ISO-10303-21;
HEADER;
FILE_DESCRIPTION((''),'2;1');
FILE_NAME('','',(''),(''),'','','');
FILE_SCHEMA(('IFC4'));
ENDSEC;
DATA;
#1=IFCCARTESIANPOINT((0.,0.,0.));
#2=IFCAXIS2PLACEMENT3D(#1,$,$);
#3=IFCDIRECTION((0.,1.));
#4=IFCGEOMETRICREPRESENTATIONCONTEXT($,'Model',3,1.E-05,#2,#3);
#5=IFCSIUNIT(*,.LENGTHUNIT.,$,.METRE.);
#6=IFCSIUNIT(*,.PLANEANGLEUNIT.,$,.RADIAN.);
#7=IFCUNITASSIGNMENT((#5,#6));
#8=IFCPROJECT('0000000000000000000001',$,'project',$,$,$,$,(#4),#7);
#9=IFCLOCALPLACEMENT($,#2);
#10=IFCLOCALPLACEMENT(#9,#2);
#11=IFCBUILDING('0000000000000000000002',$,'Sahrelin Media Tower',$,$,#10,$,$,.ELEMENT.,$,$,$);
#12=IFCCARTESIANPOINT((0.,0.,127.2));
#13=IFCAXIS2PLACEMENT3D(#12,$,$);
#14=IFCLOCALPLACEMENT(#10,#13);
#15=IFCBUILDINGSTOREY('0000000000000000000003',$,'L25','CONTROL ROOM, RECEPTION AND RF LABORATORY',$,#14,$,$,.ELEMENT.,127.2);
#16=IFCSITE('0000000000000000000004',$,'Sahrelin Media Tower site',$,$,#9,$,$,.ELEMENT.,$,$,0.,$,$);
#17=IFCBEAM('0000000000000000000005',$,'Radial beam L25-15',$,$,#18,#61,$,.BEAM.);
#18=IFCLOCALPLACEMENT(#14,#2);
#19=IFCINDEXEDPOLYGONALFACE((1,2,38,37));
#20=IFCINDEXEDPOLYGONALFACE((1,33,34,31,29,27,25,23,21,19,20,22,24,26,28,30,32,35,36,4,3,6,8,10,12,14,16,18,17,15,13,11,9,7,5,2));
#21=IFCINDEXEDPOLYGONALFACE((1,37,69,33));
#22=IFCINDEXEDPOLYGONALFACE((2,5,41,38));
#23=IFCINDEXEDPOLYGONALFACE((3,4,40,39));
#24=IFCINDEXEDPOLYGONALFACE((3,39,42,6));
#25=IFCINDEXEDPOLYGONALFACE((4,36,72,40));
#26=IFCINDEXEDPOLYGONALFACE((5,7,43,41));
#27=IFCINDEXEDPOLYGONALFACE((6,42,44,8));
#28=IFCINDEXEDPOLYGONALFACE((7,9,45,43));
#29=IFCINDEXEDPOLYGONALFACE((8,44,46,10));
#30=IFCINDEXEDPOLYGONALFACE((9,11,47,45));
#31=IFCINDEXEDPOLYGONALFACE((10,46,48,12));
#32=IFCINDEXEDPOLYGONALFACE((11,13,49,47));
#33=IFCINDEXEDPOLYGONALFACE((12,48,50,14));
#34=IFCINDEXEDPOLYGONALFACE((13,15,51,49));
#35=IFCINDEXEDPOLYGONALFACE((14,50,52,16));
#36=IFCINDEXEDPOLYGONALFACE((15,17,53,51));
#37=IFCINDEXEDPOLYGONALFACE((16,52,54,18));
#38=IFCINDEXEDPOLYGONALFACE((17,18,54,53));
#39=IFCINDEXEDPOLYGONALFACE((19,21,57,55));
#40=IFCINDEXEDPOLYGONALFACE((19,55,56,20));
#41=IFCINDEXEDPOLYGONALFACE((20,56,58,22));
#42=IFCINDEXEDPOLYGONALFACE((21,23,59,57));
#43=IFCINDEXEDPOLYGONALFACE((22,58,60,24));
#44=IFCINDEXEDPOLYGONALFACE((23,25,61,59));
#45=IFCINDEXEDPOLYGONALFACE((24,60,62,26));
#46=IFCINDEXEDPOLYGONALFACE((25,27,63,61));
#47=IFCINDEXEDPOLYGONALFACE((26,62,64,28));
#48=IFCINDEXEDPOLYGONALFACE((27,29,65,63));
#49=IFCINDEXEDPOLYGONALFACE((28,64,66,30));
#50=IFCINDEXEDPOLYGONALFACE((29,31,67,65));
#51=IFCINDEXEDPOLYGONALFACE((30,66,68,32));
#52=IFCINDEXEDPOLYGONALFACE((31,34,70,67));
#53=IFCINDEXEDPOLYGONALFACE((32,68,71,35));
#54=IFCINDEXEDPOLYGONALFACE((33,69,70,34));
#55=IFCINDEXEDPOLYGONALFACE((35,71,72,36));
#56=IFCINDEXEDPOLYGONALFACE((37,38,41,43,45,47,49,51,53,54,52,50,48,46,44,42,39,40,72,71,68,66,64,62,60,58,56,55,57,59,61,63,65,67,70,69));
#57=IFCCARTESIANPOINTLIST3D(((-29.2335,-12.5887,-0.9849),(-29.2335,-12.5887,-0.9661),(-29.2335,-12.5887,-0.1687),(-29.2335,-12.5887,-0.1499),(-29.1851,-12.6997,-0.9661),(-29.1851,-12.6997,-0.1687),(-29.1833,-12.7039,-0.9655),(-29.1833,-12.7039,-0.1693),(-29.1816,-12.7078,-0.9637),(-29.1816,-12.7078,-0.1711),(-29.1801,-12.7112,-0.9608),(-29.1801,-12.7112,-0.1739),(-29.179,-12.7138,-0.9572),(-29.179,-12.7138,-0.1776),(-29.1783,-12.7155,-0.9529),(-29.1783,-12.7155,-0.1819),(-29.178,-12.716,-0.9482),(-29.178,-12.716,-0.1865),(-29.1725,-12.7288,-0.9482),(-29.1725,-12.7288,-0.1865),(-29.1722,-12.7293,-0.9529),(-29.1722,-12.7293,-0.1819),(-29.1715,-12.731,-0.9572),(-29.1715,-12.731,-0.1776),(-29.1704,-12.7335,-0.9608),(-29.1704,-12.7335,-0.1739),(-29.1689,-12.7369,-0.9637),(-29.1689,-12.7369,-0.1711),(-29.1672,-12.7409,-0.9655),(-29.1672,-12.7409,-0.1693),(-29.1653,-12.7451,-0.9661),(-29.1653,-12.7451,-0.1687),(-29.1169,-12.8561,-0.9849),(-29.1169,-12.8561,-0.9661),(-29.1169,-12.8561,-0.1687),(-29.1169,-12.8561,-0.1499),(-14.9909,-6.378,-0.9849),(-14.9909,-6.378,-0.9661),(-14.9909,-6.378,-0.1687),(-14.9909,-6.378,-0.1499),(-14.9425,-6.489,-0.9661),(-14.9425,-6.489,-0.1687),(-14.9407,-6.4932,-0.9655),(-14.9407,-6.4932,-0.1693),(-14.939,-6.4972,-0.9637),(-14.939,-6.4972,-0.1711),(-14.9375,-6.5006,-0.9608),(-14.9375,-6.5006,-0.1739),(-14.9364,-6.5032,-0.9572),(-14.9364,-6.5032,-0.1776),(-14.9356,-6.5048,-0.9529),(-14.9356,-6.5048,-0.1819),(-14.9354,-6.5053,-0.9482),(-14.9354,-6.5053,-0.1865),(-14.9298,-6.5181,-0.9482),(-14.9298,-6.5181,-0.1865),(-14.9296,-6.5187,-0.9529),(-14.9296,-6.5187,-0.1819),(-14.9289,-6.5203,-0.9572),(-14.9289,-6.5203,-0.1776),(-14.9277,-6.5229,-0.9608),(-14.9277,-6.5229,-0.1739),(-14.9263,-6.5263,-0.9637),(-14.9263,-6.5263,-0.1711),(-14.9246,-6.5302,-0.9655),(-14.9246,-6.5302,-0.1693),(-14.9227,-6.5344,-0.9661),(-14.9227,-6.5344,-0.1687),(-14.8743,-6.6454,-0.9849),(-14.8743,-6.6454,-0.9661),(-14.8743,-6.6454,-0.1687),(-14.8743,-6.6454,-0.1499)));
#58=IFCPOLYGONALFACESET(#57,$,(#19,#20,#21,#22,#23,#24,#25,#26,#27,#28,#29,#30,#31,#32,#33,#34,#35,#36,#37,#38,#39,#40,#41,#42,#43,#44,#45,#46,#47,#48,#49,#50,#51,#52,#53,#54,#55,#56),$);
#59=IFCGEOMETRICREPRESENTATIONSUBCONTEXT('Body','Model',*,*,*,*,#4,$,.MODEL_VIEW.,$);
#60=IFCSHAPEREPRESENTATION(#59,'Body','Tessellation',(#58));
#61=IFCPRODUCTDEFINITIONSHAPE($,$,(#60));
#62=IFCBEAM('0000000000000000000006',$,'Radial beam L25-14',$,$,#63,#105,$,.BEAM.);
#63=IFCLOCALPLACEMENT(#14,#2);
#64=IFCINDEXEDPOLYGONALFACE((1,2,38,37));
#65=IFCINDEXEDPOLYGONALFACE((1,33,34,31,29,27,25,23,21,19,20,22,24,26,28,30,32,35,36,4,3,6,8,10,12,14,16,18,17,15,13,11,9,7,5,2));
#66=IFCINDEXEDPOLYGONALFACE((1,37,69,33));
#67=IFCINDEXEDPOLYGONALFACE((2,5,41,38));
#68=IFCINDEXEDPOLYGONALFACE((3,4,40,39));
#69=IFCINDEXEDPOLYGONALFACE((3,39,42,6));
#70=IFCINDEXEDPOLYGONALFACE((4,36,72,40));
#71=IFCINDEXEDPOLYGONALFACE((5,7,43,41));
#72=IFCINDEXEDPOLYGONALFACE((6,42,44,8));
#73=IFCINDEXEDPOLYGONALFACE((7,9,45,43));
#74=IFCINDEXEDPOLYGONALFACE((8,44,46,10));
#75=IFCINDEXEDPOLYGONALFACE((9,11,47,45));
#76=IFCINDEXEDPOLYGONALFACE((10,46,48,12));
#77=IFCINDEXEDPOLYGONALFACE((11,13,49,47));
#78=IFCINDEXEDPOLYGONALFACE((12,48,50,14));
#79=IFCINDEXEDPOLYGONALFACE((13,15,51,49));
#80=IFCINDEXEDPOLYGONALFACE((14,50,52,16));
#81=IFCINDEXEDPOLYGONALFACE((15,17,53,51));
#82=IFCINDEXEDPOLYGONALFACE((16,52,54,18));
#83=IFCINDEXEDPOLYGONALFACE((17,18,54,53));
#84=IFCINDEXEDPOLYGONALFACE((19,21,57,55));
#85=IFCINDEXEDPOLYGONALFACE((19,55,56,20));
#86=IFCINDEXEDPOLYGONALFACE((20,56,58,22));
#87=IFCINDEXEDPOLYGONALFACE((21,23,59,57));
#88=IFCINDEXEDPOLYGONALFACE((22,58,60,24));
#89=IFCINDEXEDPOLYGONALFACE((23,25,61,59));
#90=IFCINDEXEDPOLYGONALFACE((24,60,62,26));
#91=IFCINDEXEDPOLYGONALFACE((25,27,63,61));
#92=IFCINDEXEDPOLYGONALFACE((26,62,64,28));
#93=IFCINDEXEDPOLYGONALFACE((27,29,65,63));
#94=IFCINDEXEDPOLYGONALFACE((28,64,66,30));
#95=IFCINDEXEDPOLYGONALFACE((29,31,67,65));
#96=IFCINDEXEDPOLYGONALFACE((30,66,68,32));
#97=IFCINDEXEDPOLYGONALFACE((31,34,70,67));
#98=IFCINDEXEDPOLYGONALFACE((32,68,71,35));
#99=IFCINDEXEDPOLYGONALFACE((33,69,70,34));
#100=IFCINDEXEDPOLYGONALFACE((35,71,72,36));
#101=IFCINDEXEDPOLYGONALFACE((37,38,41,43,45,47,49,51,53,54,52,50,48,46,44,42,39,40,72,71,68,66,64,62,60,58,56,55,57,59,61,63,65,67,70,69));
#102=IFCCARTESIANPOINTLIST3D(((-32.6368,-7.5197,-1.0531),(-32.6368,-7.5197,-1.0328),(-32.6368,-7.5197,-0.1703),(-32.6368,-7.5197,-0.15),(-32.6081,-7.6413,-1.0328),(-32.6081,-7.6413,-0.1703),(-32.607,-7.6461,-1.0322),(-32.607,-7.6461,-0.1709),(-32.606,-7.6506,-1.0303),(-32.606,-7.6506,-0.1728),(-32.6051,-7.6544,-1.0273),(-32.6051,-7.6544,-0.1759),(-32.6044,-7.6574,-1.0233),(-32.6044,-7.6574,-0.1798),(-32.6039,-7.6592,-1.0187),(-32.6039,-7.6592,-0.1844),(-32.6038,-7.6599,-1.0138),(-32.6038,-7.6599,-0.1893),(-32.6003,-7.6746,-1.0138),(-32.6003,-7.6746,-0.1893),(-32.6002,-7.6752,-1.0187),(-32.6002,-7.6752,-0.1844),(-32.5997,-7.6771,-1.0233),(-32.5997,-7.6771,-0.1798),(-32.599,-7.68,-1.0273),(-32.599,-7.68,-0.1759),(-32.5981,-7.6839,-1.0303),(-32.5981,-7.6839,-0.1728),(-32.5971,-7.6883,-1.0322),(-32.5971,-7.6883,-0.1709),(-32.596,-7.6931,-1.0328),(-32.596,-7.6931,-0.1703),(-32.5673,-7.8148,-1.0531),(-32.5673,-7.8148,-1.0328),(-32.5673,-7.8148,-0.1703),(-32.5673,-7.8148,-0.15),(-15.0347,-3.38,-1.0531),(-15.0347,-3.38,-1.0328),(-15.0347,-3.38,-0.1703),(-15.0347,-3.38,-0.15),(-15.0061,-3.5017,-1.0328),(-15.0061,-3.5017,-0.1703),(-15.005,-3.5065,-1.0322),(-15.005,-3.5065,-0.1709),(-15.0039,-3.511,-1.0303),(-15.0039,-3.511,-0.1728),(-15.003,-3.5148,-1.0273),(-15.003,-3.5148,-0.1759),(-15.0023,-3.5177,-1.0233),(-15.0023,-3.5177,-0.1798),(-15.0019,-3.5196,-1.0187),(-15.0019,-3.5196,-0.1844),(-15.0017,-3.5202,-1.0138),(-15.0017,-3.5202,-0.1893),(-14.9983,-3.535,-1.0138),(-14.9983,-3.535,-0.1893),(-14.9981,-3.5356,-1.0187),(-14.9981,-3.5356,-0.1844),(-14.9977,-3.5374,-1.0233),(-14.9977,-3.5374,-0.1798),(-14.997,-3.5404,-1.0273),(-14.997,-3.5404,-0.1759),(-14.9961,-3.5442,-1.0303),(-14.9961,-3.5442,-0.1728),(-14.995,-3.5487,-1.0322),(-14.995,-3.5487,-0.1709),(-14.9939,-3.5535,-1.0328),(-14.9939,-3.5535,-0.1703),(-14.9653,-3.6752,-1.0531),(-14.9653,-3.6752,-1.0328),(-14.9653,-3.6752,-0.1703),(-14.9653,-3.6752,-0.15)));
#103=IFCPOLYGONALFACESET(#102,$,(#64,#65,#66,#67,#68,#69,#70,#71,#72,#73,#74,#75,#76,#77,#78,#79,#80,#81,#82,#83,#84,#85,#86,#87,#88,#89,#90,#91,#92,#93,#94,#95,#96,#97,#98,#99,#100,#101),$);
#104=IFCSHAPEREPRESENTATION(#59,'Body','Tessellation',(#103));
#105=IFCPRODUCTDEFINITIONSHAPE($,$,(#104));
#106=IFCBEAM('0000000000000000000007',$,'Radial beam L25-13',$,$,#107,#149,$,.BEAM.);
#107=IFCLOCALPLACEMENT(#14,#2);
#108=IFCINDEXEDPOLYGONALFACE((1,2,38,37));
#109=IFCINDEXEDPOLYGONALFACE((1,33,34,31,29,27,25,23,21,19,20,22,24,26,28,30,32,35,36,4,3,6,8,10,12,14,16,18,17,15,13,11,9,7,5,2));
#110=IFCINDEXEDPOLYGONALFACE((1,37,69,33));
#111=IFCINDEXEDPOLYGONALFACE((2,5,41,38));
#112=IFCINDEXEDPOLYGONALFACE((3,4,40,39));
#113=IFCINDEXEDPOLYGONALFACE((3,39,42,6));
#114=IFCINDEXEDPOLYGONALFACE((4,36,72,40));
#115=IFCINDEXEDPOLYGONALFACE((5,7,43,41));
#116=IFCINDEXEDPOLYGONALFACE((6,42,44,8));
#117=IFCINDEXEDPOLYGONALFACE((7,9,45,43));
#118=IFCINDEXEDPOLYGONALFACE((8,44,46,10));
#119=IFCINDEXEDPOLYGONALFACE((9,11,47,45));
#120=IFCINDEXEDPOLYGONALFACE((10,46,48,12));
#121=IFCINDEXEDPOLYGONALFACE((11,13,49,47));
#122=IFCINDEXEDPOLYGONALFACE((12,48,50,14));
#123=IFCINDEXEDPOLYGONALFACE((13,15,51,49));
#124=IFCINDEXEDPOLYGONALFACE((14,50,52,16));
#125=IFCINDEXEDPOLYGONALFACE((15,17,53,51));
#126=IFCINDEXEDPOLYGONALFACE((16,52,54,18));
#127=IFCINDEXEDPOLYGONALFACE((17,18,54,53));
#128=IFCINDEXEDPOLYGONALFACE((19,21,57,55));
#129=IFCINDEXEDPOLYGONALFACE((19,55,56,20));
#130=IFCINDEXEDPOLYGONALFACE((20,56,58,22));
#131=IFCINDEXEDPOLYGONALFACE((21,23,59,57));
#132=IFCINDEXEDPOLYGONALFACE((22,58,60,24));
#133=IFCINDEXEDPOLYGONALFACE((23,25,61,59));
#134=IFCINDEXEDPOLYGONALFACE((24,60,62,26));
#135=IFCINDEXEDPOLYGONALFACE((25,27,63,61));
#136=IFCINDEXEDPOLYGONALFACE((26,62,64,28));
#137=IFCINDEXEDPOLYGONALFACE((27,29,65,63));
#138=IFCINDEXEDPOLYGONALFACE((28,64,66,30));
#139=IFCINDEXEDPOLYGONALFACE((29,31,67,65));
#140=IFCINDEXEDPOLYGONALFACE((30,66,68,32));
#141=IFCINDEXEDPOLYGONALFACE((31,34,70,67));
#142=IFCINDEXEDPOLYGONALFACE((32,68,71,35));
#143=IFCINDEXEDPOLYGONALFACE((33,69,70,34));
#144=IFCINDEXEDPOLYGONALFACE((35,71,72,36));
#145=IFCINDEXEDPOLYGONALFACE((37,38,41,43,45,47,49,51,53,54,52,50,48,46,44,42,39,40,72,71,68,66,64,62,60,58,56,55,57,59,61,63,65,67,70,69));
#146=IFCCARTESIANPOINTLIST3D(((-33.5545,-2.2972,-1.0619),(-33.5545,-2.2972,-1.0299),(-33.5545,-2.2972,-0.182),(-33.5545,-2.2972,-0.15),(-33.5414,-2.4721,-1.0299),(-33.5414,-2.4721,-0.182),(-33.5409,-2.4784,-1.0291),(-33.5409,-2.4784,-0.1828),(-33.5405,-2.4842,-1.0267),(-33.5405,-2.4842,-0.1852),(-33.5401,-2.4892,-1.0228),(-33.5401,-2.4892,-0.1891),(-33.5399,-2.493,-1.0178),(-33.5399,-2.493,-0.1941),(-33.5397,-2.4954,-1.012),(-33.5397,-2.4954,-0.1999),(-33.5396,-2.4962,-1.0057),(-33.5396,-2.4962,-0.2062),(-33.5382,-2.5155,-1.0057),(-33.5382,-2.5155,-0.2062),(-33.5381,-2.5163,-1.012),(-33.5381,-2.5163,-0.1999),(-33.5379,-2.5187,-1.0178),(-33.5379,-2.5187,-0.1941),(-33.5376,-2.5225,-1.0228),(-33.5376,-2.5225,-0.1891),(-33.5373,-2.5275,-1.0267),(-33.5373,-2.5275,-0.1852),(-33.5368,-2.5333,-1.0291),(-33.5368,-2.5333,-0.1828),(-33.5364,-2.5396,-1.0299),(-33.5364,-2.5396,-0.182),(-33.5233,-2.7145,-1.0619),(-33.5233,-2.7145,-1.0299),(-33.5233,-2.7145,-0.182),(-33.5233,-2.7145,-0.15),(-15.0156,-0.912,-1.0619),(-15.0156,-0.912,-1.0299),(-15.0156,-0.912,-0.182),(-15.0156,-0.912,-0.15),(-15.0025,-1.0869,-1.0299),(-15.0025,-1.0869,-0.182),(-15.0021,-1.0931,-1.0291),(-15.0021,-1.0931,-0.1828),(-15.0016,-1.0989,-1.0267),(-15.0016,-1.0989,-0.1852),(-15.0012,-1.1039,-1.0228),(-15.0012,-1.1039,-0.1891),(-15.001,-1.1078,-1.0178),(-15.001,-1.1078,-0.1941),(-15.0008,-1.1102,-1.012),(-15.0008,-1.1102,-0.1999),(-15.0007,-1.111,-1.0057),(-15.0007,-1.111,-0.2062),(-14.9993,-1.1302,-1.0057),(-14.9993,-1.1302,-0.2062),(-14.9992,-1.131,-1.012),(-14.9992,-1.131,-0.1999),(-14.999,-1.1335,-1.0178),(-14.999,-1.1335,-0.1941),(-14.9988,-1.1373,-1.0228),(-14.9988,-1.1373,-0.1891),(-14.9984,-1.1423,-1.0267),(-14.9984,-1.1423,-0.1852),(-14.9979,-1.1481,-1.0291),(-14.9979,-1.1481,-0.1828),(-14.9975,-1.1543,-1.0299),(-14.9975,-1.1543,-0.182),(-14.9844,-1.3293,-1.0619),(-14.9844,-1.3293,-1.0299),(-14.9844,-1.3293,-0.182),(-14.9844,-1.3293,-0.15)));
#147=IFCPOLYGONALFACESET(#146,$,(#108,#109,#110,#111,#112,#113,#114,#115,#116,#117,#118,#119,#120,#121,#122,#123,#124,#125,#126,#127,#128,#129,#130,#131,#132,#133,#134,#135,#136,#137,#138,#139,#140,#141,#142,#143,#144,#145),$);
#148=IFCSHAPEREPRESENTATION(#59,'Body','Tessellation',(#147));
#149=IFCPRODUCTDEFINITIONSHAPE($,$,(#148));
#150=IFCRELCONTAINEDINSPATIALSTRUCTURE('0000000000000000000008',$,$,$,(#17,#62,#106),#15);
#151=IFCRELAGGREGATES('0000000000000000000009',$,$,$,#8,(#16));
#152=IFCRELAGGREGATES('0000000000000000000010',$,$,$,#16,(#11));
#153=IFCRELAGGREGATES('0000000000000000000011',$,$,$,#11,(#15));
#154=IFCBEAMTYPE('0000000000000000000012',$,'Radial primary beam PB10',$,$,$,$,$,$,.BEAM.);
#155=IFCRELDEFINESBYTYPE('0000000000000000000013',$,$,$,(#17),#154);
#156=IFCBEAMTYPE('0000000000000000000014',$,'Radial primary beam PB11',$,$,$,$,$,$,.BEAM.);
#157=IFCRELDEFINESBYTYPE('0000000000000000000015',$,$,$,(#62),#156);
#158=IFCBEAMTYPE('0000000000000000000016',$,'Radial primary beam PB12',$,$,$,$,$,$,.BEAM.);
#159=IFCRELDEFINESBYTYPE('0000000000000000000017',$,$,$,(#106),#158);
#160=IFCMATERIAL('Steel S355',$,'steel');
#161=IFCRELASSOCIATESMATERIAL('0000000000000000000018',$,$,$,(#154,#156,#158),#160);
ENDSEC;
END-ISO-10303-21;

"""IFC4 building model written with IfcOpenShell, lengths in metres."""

from ifc_helpers import new_model, si_unit, direction, frame, origin, origin_2d, place, context, subcontext, project, spatial, i_section, extrude, material, material_profile, profile_set, type_object, element, save


model = new_model("IFC4")

# Units and contexts
model_context = context("Model", 3, precision=1e-05, world=origin(), true_north=direction((0.0, 1.0)))
body_context = subcontext(model_context, "Body", "Model", "MODEL_VIEW")
ifc_project = project(units=[si_unit("LENGTHUNIT", "METRE"), si_unit("PLANEANGLEUNIT", "RADIAN")], contexts=[model_context])

# Site, building, storey
site_placement = place(None, origin())
site = spatial("IfcSite", under=ifc_project, at=site_placement, Name="Sahrelin Media Tower site", CompositionType="ELEMENT", RefElevation=0.0)
building_placement = place(site_placement, origin())
building = spatial("IfcBuilding", under=site, at=building_placement, Name="Sahrelin Media Tower", CompositionType="ELEMENT")
storey_placement = place(building_placement, frame((0.0, 0.0, 127.2)))
storey = spatial("IfcBuildingStorey", under=building, at=storey_placement, Name="L25", Description="CONTROL ROOM, RECEPTION AND RF LABORATORY", CompositionType="ELEMENT", Elevation=127.2)

# Beams
ifc_material_1 = material(Name="Steel S355", Category="steel")
ifc_material_profile_1 = material_profile(ifc_material_1, i_section(OverallWidth=0.2917, OverallDepth=0.835, WebThickness=0.0139, FlangeThickness=0.0188, FilletRadius=0.0178, at=origin_2d()), Name="UB 838x292x176")
ifc_profile_set_1 = profile_set([ifc_material_profile_1], Name="Steel S355")
beam_type_1 = type_object("IfcBeamType", Name="Radial primary beam PB10", PredefinedType="BEAM", material=ifc_profile_set_1)
beam_1_placement = place(storey_placement, frame((-14.9326, -6.5117, -0.5674), z_axis=(-0.916641, -0.399712, 0.0), x_axis=(0.399712, -0.916641, 0.0)))
element("IfcBeam", 1, at=beam_1_placement, inside=storey, type_object=beam_type_1, Name="Radial beam L25-15", PredefinedType="BEAM", context=body_context, shape_type="SweptSolid", body=[
    extrude(i_section(OverallWidth=0.2917, OverallDepth=0.835, WebThickness=0.0139, FlangeThickness=0.0188, FilletRadius=0.0178, at=origin_2d()), origin(), (0.0, 0.0, 1.0), 15.5378),
])
ifc_material_profile_2 = material_profile(ifc_material_1, i_section(OverallWidth=0.3032, OverallDepth=0.9031, WebThickness=0.0151, FlangeThickness=0.0203, FilletRadius=0.019, at=origin_2d()), Name="UB 914x305x201")
ifc_profile_set_2 = profile_set([ifc_material_profile_2], Name="Steel S355")
beam_type_2 = type_object("IfcBeamType", Name="Radial primary beam PB11", PredefinedType="BEAM", material=ifc_profile_set_2)
beam_2_placement = place(storey_placement, frame((-15.0, -3.5276, -0.6016), z_axis=(-0.973442, -0.228934, 0.0), x_axis=(0.228934, -0.973442, 0.0)))
element("IfcBeam", 2, at=beam_2_placement, inside=storey, type_object=beam_type_2, Name="Radial beam L25-14", PredefinedType="BEAM", context=body_context, shape_type="SweptSolid", body=[
    extrude(i_section(OverallWidth=0.3032, OverallDepth=0.9031, WebThickness=0.0151, FlangeThickness=0.0203, FilletRadius=0.019, at=origin_2d()), origin(), (0.0, 0.0, 1.0), 18.0823),
])
ifc_material_profile_3 = material_profile(ifc_material_1, i_section(OverallWidth=0.4185, OverallDepth=0.9119, WebThickness=0.0193, FlangeThickness=0.032, FilletRadius=0.0242, at=origin_2d()), Name="UB 914x419x343")
ifc_profile_set_3 = profile_set([ifc_material_profile_3], Name="Steel S355")
beam_type_3 = type_object("IfcBeamType", Name="Radial primary beam PB12", PredefinedType="BEAM", material=ifc_profile_set_3)
beam_3_placement = place(storey_placement, frame((-15.0, -1.1206, -0.606), z_axis=(-0.99722, -0.074514, 0.0), x_axis=(0.074514, -0.99722, 0.0)))
element("IfcBeam", 3, at=beam_3_placement, inside=storey, type_object=beam_type_3, Name="Radial beam L25-13", PredefinedType="BEAM", context=body_context, shape_type="SweptSolid", body=[
    extrude(i_section(OverallWidth=0.4185, OverallDepth=0.9119, WebThickness=0.0193, FlangeThickness=0.032, FilletRadius=0.0242, at=origin_2d()), origin(), (0.0, 0.0, 1.0), 18.5906),
])

save(model, "model.ifc")
